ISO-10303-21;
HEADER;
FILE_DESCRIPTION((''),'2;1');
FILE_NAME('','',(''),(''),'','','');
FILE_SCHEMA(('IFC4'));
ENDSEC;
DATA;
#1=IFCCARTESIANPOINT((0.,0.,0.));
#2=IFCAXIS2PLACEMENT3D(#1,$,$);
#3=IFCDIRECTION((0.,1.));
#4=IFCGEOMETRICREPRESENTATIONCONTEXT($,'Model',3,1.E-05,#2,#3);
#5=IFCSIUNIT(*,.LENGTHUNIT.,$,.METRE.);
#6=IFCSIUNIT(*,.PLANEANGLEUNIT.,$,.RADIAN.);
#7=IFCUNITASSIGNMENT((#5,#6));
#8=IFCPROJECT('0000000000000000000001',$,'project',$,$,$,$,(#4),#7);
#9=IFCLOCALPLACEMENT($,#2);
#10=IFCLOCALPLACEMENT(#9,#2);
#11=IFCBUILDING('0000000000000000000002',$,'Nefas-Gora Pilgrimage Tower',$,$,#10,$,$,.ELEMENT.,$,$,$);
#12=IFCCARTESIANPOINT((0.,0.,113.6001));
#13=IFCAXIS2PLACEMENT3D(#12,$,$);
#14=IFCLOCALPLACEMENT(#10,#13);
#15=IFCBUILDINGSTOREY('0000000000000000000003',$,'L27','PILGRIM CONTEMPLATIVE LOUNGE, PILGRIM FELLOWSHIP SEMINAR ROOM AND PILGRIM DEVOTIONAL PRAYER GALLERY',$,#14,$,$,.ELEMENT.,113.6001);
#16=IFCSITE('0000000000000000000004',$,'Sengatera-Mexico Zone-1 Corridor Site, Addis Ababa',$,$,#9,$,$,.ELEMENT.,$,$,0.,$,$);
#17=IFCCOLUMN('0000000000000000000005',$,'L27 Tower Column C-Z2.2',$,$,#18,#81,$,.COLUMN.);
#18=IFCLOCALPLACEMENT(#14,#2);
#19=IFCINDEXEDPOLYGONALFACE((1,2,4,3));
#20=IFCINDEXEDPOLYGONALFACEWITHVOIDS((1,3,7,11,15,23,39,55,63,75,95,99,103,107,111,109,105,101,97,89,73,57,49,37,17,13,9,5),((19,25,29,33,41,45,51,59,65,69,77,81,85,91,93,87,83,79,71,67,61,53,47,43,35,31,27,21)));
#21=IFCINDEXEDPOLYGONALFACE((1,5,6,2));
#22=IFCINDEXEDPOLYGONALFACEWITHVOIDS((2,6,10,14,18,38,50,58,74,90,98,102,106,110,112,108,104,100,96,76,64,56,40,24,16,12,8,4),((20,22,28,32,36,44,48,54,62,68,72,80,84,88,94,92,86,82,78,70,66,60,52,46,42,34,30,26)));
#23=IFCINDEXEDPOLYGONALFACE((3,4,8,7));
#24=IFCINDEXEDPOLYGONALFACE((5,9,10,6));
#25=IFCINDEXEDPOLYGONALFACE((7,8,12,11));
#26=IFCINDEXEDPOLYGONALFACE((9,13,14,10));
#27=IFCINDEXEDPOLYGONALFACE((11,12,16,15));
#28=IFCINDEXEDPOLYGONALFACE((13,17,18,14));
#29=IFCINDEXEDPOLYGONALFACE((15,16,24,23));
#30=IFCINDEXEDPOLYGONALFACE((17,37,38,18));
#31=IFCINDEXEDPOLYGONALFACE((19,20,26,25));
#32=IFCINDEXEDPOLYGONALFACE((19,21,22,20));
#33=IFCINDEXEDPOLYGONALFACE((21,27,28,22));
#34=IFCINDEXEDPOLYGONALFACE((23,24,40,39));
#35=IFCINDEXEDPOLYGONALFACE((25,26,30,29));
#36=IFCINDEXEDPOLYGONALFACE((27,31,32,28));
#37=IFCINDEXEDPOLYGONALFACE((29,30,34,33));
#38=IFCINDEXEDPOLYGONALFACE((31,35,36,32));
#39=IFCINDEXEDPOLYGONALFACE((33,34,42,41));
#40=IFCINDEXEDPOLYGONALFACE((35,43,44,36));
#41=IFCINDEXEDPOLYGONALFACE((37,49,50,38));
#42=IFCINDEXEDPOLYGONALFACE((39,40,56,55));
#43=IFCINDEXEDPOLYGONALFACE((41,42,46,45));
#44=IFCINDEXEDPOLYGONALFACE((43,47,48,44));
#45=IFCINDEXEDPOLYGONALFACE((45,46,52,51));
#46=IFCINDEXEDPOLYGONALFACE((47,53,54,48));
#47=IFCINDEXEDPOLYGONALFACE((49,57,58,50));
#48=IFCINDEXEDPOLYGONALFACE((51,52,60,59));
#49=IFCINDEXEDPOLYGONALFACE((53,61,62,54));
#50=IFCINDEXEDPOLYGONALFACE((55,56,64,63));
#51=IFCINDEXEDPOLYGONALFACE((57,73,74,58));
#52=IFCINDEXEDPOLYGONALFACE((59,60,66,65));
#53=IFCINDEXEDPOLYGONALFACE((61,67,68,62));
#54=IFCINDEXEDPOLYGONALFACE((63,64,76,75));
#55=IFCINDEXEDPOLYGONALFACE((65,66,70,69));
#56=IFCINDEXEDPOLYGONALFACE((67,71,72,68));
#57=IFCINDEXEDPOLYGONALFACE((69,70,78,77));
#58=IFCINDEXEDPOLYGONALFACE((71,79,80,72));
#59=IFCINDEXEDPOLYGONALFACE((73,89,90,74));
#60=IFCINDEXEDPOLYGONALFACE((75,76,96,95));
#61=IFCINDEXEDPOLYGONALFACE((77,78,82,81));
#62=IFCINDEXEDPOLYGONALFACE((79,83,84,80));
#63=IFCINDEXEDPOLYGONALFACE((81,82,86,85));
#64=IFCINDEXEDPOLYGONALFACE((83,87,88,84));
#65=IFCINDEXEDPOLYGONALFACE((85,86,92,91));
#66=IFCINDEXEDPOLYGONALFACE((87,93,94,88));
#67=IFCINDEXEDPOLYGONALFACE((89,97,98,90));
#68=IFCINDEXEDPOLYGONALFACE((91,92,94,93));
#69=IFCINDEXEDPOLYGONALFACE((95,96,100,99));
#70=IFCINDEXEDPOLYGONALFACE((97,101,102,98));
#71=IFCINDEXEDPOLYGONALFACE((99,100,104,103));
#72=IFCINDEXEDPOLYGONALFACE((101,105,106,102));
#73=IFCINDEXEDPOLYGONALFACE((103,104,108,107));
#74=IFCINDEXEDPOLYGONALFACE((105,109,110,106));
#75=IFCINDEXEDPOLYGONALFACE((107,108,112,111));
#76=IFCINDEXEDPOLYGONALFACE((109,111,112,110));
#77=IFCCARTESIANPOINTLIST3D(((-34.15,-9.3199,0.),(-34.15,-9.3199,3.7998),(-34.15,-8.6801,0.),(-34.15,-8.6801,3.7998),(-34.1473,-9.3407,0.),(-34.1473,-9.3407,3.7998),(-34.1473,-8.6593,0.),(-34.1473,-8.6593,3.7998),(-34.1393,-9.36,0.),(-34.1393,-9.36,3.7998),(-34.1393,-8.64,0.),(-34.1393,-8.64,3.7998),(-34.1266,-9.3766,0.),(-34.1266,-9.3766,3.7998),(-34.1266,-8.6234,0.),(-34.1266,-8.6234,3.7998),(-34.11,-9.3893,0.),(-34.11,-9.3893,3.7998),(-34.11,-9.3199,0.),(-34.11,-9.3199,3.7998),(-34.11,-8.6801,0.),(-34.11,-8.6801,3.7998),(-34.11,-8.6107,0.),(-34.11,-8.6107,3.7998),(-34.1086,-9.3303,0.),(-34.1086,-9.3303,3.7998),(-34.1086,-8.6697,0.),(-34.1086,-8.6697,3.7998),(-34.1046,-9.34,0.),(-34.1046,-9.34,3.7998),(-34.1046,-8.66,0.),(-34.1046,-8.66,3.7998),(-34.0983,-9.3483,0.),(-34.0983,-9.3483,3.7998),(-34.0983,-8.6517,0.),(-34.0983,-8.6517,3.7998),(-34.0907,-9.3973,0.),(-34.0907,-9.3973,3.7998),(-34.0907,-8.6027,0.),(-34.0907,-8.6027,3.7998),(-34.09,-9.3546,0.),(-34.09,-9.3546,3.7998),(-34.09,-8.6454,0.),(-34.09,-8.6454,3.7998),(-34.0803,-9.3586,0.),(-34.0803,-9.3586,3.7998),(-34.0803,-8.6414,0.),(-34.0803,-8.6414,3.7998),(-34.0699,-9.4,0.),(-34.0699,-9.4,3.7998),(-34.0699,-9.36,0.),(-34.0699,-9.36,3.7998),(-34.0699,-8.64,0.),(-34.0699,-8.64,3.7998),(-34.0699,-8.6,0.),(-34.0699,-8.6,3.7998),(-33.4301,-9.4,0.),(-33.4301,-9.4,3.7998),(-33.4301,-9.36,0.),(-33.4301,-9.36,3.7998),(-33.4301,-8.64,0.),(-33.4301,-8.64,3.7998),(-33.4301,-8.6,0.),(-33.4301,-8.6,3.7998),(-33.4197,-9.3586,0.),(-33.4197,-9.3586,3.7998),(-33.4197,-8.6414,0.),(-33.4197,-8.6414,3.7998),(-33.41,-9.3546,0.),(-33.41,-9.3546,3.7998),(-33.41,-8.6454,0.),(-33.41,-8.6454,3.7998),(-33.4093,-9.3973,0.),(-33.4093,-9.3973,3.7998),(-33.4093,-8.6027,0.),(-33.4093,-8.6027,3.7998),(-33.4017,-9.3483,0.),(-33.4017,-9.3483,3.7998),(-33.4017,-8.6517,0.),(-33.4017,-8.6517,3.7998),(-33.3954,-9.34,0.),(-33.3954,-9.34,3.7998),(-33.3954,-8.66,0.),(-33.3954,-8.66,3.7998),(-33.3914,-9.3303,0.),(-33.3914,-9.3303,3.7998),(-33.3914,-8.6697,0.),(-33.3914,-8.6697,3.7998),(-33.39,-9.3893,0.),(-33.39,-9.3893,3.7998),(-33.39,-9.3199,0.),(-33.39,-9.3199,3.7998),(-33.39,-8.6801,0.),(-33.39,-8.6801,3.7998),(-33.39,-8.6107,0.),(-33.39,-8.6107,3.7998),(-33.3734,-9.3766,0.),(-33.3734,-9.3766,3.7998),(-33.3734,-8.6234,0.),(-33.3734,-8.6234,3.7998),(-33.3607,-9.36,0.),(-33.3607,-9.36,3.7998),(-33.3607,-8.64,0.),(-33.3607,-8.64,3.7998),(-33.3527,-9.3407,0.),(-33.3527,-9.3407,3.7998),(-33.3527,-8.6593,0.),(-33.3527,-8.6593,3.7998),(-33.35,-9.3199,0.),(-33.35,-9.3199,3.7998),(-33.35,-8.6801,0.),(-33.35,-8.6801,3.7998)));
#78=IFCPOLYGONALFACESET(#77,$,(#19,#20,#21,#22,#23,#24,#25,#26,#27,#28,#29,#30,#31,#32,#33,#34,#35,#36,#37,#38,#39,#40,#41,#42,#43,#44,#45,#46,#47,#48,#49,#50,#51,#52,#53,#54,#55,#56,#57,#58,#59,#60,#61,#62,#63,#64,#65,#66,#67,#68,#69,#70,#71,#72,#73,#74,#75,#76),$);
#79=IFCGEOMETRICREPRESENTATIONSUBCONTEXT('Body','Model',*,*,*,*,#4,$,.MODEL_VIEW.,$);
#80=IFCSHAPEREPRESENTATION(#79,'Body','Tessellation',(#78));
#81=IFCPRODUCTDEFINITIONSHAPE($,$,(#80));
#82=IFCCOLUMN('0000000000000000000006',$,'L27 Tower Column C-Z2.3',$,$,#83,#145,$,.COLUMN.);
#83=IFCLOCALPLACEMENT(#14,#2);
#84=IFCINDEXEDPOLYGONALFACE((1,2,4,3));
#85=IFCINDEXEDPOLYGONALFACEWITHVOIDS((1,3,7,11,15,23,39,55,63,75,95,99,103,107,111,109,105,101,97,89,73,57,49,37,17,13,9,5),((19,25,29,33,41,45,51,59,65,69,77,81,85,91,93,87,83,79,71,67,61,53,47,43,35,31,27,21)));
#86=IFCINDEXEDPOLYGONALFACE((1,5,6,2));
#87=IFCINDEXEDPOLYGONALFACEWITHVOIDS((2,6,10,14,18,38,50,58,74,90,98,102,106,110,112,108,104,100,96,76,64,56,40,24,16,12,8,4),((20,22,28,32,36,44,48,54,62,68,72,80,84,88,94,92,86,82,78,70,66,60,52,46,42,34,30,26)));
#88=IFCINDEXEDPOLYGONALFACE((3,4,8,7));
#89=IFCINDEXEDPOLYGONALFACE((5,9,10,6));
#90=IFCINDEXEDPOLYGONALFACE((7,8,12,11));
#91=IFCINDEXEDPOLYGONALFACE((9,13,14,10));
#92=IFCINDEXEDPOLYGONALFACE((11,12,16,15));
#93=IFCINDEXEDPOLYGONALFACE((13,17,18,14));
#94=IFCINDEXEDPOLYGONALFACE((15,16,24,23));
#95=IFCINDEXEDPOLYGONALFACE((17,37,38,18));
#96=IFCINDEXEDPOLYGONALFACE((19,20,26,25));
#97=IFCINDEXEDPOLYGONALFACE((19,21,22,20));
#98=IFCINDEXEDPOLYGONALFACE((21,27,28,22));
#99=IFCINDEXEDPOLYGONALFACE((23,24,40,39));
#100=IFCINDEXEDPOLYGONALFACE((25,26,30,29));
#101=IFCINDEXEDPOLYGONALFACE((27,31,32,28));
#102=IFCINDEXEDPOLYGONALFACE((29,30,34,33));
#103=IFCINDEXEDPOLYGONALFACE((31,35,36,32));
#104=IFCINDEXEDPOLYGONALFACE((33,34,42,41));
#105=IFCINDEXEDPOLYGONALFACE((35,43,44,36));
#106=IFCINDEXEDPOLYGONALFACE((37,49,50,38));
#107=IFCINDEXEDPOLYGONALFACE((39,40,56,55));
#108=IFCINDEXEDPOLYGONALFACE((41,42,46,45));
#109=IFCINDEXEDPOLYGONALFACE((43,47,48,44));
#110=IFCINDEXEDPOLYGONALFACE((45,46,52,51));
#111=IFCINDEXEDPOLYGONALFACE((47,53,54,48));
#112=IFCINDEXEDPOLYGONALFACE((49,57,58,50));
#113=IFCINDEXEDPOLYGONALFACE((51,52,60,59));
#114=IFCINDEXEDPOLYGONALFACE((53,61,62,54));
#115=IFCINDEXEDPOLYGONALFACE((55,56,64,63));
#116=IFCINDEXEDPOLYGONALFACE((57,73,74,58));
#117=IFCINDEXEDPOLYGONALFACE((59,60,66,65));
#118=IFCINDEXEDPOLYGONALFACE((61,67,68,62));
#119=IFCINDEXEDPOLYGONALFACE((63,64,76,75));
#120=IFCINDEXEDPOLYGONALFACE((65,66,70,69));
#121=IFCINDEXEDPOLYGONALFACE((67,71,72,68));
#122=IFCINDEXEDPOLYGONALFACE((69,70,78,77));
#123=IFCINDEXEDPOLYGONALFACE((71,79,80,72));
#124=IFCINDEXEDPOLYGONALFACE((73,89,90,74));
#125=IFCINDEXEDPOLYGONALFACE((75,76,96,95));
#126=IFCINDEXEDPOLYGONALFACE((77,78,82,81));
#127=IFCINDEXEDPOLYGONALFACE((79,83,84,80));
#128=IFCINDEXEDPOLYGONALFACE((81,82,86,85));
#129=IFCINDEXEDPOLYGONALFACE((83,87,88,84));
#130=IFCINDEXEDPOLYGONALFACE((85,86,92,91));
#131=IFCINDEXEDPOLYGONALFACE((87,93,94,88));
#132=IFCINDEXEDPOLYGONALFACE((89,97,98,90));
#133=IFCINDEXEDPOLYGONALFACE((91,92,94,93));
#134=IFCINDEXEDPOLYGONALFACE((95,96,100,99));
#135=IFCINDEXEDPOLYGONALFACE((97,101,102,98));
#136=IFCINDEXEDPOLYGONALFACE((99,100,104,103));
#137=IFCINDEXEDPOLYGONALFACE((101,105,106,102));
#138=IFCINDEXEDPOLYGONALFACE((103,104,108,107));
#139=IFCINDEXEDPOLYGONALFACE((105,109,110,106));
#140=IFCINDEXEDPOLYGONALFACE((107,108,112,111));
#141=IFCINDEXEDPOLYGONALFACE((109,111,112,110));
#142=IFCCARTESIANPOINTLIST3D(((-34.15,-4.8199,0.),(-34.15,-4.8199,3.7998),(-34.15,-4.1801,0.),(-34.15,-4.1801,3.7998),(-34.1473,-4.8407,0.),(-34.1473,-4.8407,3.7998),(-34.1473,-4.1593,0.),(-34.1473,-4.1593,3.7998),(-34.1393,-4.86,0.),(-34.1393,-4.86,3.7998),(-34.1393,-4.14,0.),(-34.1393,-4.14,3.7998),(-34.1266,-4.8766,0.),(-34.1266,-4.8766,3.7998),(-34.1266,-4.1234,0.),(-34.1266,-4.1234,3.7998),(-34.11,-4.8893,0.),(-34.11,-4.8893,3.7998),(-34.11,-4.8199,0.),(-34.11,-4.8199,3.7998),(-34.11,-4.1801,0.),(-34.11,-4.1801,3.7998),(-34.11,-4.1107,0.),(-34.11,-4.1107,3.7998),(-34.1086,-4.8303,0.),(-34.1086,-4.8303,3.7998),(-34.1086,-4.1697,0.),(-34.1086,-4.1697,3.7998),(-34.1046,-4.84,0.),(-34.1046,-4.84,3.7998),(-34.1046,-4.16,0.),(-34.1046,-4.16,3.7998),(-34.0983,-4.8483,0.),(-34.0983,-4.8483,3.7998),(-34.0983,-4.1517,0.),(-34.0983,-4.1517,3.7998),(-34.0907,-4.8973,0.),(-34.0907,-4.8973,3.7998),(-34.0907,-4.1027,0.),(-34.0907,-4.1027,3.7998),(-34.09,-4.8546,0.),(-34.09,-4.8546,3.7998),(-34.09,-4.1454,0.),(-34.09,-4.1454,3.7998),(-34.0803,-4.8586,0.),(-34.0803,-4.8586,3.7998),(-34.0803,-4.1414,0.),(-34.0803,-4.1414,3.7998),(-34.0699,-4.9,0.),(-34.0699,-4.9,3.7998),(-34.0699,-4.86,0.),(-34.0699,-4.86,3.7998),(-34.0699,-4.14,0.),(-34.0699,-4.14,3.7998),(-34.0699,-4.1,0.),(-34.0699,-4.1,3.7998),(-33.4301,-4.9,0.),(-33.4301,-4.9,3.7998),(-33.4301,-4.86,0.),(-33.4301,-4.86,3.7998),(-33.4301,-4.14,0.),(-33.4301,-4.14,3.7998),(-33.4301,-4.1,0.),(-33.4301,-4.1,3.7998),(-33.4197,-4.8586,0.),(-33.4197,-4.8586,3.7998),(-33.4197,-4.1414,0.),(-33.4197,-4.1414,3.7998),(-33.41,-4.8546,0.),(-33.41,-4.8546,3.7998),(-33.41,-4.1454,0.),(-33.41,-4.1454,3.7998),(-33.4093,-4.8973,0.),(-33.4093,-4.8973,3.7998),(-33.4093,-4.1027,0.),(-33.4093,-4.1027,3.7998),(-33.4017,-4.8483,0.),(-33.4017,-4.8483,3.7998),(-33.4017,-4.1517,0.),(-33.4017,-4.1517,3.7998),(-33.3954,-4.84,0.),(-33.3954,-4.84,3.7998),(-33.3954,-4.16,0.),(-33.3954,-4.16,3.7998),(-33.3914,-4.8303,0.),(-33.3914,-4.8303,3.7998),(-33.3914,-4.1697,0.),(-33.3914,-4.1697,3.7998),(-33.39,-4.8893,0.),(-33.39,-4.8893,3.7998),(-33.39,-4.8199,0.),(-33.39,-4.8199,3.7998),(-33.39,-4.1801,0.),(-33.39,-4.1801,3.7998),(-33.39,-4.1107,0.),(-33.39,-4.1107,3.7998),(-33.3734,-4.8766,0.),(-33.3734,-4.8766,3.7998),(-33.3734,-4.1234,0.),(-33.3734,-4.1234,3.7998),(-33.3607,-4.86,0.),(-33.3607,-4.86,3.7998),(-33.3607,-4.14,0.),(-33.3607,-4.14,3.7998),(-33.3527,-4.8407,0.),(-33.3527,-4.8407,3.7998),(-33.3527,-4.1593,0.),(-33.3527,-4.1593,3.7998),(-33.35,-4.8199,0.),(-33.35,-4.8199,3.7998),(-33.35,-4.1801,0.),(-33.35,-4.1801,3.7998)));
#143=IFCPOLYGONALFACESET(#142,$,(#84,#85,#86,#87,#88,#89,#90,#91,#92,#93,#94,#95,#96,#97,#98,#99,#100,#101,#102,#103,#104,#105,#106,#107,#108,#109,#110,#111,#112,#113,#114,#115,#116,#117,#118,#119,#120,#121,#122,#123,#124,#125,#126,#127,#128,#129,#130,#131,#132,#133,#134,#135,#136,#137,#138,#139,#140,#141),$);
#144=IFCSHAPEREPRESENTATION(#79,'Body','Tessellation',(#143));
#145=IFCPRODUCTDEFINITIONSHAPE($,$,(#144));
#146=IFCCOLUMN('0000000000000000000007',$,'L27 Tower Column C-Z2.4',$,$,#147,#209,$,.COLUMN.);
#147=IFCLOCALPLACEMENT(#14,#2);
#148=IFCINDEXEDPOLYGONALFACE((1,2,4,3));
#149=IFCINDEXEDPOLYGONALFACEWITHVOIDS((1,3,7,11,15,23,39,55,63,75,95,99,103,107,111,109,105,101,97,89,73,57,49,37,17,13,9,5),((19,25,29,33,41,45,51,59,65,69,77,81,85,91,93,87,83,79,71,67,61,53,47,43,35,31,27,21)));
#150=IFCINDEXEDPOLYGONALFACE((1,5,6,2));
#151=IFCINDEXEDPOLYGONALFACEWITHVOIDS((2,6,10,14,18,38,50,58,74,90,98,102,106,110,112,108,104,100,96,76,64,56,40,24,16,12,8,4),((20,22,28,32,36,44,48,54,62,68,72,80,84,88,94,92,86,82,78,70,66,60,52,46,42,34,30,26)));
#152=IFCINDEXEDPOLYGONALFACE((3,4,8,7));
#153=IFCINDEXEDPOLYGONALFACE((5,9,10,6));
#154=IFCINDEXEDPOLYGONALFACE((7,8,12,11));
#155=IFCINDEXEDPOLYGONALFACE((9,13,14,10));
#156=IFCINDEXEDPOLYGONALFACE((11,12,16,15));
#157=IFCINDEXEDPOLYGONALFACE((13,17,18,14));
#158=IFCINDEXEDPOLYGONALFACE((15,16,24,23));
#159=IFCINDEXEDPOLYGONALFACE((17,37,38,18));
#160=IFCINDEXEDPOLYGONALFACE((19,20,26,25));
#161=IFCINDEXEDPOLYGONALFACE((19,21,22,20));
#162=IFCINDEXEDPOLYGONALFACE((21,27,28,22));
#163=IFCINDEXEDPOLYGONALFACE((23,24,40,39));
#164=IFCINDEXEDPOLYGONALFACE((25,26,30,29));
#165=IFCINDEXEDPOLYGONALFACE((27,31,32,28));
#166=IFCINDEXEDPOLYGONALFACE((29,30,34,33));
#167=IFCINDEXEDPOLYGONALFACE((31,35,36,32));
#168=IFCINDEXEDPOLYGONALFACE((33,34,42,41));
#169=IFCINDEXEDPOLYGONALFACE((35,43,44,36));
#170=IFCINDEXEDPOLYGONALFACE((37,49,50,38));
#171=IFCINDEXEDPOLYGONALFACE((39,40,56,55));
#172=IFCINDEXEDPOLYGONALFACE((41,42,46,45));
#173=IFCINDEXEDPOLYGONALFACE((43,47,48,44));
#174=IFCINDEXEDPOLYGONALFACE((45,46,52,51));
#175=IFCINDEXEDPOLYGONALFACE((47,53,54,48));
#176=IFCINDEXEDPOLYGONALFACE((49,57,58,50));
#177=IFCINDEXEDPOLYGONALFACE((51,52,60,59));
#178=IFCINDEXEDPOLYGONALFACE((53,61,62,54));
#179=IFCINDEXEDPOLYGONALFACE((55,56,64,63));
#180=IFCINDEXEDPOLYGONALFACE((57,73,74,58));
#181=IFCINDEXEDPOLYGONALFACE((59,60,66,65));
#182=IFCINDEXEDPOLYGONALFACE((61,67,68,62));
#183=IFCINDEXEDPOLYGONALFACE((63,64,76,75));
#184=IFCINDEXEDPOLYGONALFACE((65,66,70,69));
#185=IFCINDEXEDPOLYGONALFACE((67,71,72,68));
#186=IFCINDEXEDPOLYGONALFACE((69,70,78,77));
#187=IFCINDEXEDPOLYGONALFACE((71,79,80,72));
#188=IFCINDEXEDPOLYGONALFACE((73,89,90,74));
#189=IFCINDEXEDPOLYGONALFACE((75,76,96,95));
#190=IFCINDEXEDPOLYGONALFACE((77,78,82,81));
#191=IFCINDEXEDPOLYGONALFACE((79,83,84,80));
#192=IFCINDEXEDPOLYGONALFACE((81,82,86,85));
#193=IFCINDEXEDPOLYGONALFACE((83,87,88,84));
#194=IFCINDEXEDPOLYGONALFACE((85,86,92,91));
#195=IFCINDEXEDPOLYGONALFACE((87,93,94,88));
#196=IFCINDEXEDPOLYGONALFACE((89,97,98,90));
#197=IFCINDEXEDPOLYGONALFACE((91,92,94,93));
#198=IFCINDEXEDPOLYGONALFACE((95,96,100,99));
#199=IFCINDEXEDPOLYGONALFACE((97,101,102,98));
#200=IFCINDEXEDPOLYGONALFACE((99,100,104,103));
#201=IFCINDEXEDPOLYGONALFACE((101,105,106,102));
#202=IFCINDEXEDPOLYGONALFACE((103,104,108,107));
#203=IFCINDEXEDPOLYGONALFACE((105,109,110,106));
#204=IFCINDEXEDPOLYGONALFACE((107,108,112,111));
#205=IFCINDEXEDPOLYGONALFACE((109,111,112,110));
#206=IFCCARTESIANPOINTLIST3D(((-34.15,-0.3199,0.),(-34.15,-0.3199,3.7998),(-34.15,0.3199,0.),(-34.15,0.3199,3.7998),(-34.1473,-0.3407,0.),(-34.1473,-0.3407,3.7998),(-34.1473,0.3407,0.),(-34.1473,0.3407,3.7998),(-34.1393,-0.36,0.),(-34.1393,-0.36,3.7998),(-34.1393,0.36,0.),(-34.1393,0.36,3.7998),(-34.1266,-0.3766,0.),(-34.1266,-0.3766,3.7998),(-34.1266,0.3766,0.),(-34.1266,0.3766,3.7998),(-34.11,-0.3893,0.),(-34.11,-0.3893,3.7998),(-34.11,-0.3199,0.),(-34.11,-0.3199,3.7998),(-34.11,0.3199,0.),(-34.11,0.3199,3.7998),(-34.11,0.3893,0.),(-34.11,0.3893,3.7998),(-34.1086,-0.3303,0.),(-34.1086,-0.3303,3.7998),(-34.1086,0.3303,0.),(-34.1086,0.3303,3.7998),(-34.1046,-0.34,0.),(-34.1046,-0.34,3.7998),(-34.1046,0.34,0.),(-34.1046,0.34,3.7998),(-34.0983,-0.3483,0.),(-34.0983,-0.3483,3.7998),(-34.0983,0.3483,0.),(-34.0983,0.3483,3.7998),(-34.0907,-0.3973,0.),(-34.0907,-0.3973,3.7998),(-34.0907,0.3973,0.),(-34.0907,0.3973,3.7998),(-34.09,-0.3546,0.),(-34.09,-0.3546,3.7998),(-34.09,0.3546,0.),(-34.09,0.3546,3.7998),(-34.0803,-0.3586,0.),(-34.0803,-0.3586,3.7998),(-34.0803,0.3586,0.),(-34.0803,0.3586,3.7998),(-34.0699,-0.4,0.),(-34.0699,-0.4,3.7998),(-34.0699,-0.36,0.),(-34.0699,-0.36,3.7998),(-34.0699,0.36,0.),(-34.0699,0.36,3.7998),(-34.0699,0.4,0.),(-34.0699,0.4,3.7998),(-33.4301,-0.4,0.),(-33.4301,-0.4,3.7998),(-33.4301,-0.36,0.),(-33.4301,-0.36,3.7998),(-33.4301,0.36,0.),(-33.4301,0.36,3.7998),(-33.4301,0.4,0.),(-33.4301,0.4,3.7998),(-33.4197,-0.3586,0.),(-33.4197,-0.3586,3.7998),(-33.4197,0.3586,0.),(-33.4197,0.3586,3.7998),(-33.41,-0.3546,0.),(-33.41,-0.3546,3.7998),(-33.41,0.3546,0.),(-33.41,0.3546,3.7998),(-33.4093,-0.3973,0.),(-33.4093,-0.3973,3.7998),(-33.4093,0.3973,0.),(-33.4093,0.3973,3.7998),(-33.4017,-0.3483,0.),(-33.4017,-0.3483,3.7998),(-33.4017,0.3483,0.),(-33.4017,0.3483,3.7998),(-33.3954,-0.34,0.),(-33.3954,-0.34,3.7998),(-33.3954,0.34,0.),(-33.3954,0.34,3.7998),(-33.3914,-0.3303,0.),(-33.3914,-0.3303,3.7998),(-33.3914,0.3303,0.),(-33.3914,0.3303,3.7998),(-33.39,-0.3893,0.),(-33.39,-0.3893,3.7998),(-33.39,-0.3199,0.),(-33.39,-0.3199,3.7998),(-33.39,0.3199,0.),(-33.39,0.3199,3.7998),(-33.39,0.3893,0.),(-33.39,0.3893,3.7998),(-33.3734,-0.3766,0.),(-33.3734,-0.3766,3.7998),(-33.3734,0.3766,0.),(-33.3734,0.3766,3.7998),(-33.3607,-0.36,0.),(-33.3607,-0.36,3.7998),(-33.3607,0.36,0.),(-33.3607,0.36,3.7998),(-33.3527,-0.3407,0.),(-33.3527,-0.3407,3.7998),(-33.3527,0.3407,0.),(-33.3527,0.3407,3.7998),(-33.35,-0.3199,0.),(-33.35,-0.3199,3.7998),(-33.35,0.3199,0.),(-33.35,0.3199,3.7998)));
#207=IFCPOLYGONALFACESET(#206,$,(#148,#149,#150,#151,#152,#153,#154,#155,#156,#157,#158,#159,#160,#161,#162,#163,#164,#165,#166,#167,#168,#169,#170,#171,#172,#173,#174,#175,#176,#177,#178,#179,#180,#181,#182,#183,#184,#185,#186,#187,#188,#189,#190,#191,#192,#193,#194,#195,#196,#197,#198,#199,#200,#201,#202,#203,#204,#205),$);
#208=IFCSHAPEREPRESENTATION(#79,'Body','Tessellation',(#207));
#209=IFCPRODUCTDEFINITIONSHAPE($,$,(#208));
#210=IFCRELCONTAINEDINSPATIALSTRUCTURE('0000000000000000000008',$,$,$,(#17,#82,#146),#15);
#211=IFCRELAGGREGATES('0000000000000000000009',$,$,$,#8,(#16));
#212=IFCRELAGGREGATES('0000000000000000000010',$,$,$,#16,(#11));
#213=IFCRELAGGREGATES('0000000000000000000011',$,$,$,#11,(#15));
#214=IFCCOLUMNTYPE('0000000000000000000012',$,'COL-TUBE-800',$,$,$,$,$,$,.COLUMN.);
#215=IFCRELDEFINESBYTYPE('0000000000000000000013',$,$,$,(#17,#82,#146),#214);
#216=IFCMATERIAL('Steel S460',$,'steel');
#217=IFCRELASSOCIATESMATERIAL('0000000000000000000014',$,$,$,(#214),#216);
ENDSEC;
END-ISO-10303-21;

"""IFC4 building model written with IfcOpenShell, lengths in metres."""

from ifc_helpers import new_model, si_unit, direction, frame, origin, origin_2d, place, context, subcontext, project, spatial, hollow_rectangle, extrude, source, transform, mapped, material, material_profile, profile_set, type_object, element, save


model = new_model("IFC4")

# Units and contexts
model_context = context("Model", 3, precision=1e-05, world=origin(), true_north=direction((0.0, 1.0)))
body_context = subcontext(model_context, "Body", "Model", "MODEL_VIEW")
ifc_project = project(units=[si_unit("LENGTHUNIT", "METRE"), si_unit("PLANEANGLEUNIT", "RADIAN")], contexts=[model_context])

# Site, building, storey
site_placement = place(None, origin())
site = spatial("IfcSite", under=ifc_project, at=site_placement, Name="Sengatera-Mexico Zone-1 Corridor Site, Addis Ababa", CompositionType="ELEMENT", RefElevation=0.0)
building_placement = place(site_placement, origin())
building = spatial("IfcBuilding", under=site, at=building_placement, Name="Nefas-Gora Pilgrimage Tower", CompositionType="ELEMENT")
storey_placement = place(building_placement, frame((0.0, 0.0, 113.6001)))
storey = spatial("IfcBuildingStorey", under=building, at=storey_placement, Name="L27", Description="PILGRIM CONTEMPLATIVE LOUNGE, PILGRIM FELLOWSHIP SEMINAR ROOM AND PILGRIM DEVOTIONAL PRAYER GALLERY", CompositionType="ELEMENT", Elevation=113.6001)

# Columns
ifc_material_1 = material(Name="Steel S460", Category="steel")
ifc_material_profile_1 = material_profile(ifc_material_1, hollow_rectangle(XDim=0.8, YDim=0.8, WallThickness=0.04, InnerFilletRadius=0.04, OuterFilletRadius=0.0801, at=origin_2d()), Name="BOX 800x800x40")
ifc_profile_set_1 = profile_set([ifc_material_profile_1], Name="Steel S460")
column_type_1 = type_object("IfcColumnType", Name="COL-TUBE-800", PredefinedType="COLUMN", material=ifc_profile_set_1)
shared_shape_1 = source(origin(), body_context, "Body", "SweptSolid", [
    extrude(hollow_rectangle(XDim=0.8, YDim=0.8, WallThickness=0.04, InnerFilletRadius=0.04, OuterFilletRadius=0.0801, at=origin_2d()), origin(), (0.0, 0.0, 1.0), 3.7998),
])
for number, where, z_axis, x_axis, name in (
    (1, (-33.75, -9.0, 0.0), (0.0, 0.0, 1.0), (1.0, 0.0, 0.0), "L27 Tower Column C-Z2.2"),
    (2, (-33.75, -4.5, 0.0), (0.0, 0.0, 1.0), (1.0, 0.0, 0.0), "L27 Tower Column C-Z2.3"),
    (3, (-33.75, 0.0, 0.0), (0.0, 0.0, 1.0), (1.0, 0.0, 0.0), "L27 Tower Column C-Z2.4"),
):
    element("IfcColumn", number, at=place(storey_placement, frame(where, z_axis=z_axis, x_axis=x_axis)), inside=storey, type_object=column_type_1, Name=name, PredefinedType="COLUMN", context=body_context, shape_type="MappedRepresentation", body=[
        mapped(shared_shape_1, transform((0.0, 0.0, 0.0), x_axis=(1.0, 0.0, 0.0), y_axis=(0.0, 1.0, 0.0), z_axis=(0.0, 0.0, 1.0), scale=1.0)),
    ])

save(model, "model.ifc")
